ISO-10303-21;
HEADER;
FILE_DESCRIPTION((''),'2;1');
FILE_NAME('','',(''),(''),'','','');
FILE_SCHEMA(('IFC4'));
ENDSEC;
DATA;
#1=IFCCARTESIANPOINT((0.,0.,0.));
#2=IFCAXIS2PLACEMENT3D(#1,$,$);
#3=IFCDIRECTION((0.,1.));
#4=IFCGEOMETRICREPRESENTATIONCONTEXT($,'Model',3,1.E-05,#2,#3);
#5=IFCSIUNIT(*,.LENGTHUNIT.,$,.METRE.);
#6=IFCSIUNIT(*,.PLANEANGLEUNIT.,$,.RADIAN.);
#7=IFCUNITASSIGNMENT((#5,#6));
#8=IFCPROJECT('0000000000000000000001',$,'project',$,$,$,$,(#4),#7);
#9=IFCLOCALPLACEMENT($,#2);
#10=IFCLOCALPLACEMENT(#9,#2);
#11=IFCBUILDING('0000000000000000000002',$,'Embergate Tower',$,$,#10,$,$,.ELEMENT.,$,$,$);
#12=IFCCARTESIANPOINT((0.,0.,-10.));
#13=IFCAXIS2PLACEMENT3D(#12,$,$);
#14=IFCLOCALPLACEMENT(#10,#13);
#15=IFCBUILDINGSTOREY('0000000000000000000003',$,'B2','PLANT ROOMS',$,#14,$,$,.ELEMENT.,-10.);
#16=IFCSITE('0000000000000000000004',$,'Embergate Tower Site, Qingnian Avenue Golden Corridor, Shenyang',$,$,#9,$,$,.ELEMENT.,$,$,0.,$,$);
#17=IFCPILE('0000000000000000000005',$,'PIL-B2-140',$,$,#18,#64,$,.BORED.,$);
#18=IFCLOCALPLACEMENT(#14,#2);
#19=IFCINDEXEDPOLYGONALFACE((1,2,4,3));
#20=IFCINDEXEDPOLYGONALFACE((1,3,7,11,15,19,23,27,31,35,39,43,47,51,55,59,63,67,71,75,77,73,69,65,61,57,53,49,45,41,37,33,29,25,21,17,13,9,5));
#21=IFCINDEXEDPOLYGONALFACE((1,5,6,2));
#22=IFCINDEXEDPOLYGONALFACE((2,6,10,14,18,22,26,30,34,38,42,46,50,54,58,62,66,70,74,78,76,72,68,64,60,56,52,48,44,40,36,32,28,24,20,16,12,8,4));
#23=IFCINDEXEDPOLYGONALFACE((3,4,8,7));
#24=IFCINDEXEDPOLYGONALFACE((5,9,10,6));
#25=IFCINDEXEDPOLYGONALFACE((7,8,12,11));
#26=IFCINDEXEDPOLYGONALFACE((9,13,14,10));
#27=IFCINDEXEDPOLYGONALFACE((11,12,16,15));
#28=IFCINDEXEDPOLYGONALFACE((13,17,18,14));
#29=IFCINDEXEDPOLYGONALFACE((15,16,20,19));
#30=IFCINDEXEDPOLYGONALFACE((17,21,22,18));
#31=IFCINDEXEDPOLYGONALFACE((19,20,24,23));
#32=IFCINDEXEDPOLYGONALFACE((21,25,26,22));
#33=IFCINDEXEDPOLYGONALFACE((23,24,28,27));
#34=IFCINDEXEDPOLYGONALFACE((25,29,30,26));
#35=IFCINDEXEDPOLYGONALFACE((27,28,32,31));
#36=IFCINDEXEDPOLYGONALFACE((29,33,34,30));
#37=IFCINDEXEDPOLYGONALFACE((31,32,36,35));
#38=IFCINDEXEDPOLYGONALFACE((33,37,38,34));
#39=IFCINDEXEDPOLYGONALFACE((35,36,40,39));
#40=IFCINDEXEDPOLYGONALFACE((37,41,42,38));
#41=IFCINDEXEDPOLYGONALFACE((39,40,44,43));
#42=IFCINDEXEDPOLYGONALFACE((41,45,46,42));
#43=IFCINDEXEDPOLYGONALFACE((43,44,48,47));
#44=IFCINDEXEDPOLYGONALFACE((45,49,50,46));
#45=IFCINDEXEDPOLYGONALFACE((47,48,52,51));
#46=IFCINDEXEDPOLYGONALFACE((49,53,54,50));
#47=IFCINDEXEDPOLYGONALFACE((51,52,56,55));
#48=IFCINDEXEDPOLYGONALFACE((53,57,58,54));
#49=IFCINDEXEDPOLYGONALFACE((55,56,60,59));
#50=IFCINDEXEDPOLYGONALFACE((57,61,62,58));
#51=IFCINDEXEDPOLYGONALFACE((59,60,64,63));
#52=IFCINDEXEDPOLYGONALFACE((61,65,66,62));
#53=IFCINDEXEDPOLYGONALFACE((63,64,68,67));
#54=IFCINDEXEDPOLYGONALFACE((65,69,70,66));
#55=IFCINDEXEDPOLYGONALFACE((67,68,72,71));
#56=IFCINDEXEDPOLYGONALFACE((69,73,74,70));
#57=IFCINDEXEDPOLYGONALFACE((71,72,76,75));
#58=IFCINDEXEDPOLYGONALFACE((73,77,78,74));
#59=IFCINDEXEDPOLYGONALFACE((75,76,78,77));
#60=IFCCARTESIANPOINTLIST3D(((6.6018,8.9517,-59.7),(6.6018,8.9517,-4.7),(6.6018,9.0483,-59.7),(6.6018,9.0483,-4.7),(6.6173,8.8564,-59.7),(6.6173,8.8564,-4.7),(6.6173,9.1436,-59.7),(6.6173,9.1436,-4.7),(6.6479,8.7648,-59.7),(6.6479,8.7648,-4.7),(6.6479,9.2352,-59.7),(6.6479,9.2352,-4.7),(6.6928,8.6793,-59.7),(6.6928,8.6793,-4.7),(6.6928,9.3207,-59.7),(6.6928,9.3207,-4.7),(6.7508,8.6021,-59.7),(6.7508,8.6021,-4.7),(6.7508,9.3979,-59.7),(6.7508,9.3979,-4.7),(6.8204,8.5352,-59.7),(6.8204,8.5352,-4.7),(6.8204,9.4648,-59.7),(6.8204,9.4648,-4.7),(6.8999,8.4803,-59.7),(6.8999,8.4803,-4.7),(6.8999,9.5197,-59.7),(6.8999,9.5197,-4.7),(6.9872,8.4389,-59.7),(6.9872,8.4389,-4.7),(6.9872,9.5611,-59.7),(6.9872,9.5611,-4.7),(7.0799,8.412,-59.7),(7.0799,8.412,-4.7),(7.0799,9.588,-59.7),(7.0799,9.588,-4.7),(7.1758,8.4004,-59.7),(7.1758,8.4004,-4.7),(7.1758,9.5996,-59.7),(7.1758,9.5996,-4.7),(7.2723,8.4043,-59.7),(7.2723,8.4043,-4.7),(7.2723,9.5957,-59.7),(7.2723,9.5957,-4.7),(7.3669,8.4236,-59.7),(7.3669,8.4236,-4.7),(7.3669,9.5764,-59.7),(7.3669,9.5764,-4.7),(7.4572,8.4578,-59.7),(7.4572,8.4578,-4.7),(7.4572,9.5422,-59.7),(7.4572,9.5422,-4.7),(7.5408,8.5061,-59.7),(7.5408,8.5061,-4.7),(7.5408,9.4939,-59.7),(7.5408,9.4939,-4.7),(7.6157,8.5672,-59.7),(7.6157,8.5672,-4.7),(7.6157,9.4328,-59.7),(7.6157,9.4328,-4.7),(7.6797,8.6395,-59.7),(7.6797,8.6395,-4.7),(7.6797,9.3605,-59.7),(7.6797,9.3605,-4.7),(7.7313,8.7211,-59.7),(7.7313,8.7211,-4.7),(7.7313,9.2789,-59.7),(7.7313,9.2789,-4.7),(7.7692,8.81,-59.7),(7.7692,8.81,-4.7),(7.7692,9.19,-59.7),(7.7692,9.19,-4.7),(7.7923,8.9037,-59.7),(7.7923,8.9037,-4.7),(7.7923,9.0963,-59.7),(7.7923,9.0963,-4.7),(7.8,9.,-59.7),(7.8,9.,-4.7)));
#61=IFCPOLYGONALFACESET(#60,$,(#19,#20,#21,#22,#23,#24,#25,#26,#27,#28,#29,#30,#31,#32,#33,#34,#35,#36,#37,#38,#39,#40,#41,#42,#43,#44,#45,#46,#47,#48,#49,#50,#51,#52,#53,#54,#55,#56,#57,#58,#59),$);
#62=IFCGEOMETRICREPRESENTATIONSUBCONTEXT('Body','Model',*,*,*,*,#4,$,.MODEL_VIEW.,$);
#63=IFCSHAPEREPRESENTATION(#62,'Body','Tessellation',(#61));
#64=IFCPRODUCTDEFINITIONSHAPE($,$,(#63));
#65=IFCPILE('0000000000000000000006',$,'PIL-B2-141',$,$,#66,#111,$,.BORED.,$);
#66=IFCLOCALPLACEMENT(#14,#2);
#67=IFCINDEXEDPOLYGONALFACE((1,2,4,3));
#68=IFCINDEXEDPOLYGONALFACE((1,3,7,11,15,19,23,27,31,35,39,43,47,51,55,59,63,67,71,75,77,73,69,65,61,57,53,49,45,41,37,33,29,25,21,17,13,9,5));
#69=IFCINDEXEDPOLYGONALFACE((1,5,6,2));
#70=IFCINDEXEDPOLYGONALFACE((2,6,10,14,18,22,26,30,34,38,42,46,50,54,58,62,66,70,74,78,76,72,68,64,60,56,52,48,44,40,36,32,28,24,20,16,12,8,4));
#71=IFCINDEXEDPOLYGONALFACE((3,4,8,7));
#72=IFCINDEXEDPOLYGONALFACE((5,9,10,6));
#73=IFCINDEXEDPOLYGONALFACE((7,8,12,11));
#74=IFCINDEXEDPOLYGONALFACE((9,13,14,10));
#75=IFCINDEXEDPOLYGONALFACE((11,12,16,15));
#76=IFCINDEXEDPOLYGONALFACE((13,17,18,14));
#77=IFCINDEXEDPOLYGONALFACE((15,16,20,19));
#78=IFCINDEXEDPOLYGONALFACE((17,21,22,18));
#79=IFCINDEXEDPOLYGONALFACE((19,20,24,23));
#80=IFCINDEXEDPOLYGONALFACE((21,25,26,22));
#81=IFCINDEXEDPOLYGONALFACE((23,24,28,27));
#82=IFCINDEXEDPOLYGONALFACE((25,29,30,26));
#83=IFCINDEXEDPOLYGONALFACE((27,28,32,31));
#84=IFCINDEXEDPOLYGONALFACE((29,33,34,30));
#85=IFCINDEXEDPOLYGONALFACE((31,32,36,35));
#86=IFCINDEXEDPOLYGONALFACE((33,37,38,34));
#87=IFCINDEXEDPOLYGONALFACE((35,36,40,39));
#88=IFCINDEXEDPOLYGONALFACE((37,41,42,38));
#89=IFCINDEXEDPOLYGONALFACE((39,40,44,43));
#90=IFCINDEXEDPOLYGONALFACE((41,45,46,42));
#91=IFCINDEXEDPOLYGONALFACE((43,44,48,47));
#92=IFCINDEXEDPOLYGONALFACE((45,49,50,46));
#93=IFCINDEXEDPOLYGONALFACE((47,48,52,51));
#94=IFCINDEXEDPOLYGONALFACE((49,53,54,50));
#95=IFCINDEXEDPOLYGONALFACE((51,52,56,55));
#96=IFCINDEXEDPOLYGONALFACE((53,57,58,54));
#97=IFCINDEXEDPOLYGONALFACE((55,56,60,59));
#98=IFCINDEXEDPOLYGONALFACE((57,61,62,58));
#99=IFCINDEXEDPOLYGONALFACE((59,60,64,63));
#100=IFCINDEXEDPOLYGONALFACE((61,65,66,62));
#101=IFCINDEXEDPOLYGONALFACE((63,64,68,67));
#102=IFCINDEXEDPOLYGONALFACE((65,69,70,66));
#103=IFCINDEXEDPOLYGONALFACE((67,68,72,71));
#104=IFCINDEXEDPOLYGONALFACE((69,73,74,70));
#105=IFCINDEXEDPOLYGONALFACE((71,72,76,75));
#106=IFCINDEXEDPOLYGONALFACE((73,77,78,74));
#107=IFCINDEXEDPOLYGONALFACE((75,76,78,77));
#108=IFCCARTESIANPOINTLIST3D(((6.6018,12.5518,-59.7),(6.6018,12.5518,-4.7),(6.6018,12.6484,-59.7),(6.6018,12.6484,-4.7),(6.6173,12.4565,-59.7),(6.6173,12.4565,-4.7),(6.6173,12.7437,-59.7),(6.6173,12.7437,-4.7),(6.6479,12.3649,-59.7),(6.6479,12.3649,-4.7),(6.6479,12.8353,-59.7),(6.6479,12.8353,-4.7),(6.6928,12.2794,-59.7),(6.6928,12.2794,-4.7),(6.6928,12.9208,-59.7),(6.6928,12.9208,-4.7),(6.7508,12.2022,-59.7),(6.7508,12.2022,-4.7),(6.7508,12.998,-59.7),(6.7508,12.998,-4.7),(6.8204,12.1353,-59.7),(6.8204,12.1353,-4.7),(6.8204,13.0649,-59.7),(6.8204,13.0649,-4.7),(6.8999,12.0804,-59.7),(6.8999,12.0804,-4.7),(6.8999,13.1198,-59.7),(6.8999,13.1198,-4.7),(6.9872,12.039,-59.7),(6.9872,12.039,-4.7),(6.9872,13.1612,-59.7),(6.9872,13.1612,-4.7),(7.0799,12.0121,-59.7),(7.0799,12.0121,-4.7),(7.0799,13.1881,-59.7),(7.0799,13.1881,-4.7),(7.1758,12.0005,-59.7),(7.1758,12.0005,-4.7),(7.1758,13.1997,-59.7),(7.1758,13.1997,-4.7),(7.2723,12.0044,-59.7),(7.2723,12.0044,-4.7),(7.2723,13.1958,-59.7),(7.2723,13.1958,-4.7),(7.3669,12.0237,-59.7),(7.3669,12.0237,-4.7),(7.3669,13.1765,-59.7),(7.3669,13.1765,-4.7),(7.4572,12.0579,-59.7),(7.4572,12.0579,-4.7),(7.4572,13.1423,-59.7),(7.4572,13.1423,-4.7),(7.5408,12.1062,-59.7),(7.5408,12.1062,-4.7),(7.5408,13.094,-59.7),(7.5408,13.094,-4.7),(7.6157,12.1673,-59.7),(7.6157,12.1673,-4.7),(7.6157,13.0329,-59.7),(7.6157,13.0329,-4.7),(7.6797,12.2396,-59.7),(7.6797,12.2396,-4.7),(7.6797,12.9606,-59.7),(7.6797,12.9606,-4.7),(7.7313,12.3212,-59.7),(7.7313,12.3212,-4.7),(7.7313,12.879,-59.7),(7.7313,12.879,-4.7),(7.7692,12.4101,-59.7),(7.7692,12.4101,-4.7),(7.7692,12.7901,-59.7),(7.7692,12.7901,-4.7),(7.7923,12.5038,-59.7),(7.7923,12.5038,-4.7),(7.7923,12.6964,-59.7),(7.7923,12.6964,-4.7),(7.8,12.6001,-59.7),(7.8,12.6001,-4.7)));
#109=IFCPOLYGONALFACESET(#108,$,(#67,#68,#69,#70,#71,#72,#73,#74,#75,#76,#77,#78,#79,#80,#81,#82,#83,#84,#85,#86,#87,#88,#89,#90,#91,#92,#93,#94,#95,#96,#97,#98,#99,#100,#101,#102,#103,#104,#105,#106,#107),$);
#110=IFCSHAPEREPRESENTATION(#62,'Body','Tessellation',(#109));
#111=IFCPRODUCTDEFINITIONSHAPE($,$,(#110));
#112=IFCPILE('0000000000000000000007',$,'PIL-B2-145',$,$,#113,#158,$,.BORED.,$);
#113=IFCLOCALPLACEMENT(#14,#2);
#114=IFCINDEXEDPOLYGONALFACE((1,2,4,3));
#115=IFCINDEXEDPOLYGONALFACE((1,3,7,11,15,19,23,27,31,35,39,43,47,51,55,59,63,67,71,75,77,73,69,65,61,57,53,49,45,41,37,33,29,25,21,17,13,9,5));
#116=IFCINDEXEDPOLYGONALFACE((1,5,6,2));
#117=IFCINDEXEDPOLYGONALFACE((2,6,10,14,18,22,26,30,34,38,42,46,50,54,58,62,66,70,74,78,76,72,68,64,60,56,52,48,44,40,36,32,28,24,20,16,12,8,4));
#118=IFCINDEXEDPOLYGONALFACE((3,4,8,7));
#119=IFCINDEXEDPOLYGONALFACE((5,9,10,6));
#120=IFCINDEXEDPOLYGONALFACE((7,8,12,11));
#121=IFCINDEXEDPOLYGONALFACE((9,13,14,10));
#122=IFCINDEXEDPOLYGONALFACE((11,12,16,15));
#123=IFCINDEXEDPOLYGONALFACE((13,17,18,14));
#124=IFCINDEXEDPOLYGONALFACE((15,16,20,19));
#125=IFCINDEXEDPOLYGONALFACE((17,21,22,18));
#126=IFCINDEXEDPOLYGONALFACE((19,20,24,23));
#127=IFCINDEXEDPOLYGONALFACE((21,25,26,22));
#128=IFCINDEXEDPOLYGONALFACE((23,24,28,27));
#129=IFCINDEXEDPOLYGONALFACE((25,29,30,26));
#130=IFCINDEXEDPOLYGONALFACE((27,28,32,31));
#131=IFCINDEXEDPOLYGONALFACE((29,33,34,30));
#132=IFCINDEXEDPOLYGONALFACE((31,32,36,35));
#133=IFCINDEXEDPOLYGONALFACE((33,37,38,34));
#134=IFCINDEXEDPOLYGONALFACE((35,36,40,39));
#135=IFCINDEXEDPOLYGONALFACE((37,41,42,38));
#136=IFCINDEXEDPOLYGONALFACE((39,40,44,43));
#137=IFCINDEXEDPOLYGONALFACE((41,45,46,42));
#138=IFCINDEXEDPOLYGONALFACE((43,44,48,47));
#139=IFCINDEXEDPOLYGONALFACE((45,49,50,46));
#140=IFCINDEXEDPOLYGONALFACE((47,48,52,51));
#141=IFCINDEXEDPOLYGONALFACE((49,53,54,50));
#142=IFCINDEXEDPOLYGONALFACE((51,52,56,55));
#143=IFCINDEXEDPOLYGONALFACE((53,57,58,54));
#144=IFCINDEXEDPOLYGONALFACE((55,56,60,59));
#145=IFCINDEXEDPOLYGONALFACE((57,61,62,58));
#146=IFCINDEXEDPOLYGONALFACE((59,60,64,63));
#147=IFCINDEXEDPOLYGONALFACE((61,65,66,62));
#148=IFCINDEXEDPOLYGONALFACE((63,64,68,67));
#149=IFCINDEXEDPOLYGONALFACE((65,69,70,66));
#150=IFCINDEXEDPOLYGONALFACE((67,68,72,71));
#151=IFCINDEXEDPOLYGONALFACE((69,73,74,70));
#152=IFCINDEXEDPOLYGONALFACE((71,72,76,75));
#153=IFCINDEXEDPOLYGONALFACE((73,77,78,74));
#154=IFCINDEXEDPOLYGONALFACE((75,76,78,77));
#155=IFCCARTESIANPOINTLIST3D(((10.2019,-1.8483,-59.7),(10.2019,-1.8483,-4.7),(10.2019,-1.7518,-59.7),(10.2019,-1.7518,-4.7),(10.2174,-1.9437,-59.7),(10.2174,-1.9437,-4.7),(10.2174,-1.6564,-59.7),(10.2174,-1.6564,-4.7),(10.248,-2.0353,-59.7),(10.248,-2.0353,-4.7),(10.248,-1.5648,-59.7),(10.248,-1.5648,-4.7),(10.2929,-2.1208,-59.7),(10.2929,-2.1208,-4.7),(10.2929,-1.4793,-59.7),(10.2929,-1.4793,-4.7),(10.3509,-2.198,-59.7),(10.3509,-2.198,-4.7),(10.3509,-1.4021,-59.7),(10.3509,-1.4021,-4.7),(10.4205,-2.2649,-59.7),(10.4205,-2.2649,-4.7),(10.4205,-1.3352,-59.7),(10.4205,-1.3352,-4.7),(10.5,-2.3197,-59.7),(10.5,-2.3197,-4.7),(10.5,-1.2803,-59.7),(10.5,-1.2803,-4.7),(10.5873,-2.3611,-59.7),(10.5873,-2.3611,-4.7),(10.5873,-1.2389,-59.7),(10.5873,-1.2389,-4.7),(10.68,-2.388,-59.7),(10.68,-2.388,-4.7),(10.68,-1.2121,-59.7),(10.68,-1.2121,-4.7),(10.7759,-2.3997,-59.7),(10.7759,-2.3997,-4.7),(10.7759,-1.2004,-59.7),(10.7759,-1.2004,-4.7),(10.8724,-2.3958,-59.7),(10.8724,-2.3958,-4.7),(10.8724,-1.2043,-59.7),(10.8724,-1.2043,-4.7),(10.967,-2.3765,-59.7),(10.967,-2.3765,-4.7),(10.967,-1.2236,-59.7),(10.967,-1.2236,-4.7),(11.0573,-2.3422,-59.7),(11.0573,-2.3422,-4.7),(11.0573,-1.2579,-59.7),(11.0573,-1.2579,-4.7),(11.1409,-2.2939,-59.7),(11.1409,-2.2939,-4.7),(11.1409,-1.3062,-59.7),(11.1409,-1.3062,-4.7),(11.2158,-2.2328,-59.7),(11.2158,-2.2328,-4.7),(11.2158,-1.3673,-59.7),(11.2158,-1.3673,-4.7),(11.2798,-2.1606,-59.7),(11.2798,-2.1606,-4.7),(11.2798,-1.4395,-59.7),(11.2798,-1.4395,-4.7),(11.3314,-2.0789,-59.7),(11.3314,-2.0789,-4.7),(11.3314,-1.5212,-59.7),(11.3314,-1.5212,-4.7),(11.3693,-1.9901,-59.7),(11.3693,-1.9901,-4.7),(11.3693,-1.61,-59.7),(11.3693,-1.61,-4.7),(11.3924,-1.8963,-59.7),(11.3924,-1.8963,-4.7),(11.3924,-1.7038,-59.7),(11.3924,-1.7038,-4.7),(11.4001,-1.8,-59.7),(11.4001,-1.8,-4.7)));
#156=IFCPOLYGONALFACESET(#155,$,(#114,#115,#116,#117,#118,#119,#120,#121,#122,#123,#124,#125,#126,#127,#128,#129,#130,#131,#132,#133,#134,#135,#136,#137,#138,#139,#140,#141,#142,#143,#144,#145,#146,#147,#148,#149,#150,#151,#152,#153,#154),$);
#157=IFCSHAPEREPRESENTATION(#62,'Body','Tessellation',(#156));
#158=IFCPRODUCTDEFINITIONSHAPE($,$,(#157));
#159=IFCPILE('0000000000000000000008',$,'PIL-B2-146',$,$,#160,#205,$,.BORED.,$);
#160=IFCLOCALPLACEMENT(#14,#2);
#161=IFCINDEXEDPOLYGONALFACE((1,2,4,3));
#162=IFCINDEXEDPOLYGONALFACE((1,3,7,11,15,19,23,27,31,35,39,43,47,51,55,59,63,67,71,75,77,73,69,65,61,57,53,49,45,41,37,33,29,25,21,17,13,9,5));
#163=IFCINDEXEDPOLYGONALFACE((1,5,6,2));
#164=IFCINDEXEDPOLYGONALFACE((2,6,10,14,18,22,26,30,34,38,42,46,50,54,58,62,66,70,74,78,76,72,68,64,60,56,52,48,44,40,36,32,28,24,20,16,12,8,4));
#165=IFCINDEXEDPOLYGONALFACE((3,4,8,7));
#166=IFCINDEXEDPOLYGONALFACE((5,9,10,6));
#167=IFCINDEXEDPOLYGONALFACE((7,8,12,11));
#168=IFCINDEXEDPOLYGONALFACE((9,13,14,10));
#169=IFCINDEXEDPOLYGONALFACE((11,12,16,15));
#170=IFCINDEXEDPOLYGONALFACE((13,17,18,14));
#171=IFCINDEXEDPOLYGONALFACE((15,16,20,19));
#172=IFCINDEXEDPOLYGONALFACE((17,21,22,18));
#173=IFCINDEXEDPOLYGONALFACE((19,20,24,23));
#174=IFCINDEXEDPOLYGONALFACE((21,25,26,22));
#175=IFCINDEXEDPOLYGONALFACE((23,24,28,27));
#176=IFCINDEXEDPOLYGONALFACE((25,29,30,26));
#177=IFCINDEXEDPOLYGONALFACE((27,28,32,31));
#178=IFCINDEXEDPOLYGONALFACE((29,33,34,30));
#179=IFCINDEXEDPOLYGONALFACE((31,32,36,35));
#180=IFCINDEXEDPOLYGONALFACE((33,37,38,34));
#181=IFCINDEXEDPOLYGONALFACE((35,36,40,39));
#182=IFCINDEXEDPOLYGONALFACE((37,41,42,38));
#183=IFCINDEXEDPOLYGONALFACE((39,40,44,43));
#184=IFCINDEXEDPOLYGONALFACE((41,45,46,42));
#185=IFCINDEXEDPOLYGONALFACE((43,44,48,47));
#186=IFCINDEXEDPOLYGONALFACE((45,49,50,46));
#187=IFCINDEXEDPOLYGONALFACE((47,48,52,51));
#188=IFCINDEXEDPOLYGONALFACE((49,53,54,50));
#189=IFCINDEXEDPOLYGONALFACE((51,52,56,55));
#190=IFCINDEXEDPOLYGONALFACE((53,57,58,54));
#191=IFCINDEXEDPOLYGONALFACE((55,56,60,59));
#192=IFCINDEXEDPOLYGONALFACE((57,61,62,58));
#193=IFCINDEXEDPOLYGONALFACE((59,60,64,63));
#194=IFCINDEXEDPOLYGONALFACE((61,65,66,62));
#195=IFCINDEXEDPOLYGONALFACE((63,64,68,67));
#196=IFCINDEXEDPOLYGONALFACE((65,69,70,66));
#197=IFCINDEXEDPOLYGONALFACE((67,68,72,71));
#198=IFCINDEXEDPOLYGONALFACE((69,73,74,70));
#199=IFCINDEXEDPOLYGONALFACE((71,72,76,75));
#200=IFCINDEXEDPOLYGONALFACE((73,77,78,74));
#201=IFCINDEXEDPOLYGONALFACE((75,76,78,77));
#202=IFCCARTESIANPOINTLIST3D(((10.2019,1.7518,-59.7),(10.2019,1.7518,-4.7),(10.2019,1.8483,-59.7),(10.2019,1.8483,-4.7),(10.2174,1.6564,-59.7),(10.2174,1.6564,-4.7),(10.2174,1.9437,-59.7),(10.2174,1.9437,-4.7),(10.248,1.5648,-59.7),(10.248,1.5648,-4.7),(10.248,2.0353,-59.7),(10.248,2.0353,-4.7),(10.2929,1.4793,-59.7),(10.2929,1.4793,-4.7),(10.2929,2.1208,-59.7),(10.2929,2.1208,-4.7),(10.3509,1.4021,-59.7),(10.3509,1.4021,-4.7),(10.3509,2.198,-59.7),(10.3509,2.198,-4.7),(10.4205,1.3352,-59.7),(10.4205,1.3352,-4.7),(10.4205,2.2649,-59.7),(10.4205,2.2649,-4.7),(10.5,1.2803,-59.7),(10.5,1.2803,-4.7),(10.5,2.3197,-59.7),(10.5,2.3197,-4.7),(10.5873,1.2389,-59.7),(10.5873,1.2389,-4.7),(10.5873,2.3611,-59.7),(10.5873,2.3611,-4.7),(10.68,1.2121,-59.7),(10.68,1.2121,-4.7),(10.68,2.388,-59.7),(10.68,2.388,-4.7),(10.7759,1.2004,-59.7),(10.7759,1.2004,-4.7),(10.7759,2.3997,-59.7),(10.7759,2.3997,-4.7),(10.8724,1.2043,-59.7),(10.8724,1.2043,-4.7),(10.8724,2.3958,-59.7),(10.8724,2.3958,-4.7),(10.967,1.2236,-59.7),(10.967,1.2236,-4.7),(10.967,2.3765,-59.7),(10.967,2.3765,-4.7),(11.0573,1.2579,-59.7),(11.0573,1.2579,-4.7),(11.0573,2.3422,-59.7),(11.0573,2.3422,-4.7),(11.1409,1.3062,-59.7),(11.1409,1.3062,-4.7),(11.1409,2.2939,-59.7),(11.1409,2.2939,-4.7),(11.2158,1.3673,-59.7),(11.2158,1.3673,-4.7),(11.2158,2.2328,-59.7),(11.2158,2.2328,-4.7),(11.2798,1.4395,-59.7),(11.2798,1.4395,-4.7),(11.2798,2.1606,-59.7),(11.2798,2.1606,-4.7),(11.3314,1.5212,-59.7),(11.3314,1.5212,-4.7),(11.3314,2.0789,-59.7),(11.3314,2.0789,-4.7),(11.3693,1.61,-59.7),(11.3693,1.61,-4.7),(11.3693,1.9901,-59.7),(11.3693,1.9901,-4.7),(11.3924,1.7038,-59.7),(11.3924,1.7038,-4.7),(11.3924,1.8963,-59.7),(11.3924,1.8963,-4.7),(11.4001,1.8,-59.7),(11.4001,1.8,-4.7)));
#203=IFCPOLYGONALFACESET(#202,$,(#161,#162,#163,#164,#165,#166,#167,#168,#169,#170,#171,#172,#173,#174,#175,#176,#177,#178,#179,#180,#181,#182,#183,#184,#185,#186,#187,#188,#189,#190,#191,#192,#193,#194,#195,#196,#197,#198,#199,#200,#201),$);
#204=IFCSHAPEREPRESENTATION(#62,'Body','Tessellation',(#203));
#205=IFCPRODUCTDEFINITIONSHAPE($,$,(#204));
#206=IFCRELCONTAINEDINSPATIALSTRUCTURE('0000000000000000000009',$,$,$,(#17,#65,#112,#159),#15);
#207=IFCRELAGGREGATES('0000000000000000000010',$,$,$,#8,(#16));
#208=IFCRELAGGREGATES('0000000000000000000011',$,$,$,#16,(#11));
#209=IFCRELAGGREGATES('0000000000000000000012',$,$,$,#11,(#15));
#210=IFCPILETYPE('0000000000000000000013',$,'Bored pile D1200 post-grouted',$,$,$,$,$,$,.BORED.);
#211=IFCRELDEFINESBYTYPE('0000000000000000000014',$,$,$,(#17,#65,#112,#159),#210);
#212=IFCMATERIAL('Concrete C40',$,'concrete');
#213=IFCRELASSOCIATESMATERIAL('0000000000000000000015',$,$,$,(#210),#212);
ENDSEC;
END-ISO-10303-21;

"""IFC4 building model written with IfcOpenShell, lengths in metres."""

from ifc_helpers import new_model, si_unit, direction, frame, origin, origin_2d, place, context, subcontext, project, spatial, circle, extrude, source, transform, mapped, material, material_profile, profile_set, type_object, element, save


model = new_model("IFC4")

# Units and contexts
model_context = context("Model", 3, precision=1e-05, world=origin(), true_north=direction((0.0, 1.0)))
body_context = subcontext(model_context, "Body", "Model", "MODEL_VIEW")
ifc_project = project(units=[si_unit("LENGTHUNIT", "METRE"), si_unit("PLANEANGLEUNIT", "RADIAN")], contexts=[model_context])

# Site, building, storey
site_placement = place(None, origin())
site = spatial("IfcSite", under=ifc_project, at=site_placement, Name="Embergate Tower Site, Qingnian Avenue Golden Corridor, Shenyang", CompositionType="ELEMENT", RefElevation=0.0)
building_placement = place(site_placement, origin())
building = spatial("IfcBuilding", under=site, at=building_placement, Name="Embergate Tower", CompositionType="ELEMENT")
storey_placement = place(building_placement, frame((0.0, 0.0, -10.0)))
storey = spatial("IfcBuildingStorey", under=building, at=storey_placement, Name="B2", Description="PLANT ROOMS", CompositionType="ELEMENT", Elevation=-10.0)

# Piles
ifc_material_1 = material(Name="Concrete C40", Category="concrete")
ifc_material_profile = material_profile(ifc_material_1, circle(Radius=0.6001, at=origin_2d()), Name="D1200")
ifc_profile_set = profile_set([ifc_material_profile], Name="Concrete C40")
pile_type = type_object("IfcPileType", Name="Bored pile D1200 post-grouted", PredefinedType="BORED", material=ifc_profile_set)
shared_shape_1 = source(origin(), body_context, "Body", "SweptSolid", [
    extrude(circle(Radius=0.6001, at=origin_2d()), origin(), (0.0, 0.0, 1.0), 55.0),
])
for number, where, z_axis, x_axis, name in (
    (1, (7.2, 9.0, -4.7), (0.0, 0.0, -1.0), (1.0, 0.0, 0.0), "PIL-B2-140"),
    (2, (7.2, 12.6001, -4.7), (0.0, 0.0, -1.0), (1.0, 0.0, 0.0), "PIL-B2-141"),
    (3, (10.8, -1.8, -4.7), (0.0, 0.0, -1.0), (1.0, 0.0, 0.0), "PIL-B2-145"),
    (4, (10.8, 1.8, -4.7), (0.0, 0.0, -1.0), (1.0, 0.0, 0.0), "PIL-B2-146"),
):
    element("IfcPile", number, at=place(storey_placement, frame(where, z_axis=z_axis, x_axis=x_axis)), inside=storey, type_object=pile_type, Name=name, PredefinedType="BORED", context=body_context, shape_type="MappedRepresentation", body=[
        mapped(shared_shape_1, transform((0.0, 0.0, 0.0))),
    ])

save(model, "model.ifc")
